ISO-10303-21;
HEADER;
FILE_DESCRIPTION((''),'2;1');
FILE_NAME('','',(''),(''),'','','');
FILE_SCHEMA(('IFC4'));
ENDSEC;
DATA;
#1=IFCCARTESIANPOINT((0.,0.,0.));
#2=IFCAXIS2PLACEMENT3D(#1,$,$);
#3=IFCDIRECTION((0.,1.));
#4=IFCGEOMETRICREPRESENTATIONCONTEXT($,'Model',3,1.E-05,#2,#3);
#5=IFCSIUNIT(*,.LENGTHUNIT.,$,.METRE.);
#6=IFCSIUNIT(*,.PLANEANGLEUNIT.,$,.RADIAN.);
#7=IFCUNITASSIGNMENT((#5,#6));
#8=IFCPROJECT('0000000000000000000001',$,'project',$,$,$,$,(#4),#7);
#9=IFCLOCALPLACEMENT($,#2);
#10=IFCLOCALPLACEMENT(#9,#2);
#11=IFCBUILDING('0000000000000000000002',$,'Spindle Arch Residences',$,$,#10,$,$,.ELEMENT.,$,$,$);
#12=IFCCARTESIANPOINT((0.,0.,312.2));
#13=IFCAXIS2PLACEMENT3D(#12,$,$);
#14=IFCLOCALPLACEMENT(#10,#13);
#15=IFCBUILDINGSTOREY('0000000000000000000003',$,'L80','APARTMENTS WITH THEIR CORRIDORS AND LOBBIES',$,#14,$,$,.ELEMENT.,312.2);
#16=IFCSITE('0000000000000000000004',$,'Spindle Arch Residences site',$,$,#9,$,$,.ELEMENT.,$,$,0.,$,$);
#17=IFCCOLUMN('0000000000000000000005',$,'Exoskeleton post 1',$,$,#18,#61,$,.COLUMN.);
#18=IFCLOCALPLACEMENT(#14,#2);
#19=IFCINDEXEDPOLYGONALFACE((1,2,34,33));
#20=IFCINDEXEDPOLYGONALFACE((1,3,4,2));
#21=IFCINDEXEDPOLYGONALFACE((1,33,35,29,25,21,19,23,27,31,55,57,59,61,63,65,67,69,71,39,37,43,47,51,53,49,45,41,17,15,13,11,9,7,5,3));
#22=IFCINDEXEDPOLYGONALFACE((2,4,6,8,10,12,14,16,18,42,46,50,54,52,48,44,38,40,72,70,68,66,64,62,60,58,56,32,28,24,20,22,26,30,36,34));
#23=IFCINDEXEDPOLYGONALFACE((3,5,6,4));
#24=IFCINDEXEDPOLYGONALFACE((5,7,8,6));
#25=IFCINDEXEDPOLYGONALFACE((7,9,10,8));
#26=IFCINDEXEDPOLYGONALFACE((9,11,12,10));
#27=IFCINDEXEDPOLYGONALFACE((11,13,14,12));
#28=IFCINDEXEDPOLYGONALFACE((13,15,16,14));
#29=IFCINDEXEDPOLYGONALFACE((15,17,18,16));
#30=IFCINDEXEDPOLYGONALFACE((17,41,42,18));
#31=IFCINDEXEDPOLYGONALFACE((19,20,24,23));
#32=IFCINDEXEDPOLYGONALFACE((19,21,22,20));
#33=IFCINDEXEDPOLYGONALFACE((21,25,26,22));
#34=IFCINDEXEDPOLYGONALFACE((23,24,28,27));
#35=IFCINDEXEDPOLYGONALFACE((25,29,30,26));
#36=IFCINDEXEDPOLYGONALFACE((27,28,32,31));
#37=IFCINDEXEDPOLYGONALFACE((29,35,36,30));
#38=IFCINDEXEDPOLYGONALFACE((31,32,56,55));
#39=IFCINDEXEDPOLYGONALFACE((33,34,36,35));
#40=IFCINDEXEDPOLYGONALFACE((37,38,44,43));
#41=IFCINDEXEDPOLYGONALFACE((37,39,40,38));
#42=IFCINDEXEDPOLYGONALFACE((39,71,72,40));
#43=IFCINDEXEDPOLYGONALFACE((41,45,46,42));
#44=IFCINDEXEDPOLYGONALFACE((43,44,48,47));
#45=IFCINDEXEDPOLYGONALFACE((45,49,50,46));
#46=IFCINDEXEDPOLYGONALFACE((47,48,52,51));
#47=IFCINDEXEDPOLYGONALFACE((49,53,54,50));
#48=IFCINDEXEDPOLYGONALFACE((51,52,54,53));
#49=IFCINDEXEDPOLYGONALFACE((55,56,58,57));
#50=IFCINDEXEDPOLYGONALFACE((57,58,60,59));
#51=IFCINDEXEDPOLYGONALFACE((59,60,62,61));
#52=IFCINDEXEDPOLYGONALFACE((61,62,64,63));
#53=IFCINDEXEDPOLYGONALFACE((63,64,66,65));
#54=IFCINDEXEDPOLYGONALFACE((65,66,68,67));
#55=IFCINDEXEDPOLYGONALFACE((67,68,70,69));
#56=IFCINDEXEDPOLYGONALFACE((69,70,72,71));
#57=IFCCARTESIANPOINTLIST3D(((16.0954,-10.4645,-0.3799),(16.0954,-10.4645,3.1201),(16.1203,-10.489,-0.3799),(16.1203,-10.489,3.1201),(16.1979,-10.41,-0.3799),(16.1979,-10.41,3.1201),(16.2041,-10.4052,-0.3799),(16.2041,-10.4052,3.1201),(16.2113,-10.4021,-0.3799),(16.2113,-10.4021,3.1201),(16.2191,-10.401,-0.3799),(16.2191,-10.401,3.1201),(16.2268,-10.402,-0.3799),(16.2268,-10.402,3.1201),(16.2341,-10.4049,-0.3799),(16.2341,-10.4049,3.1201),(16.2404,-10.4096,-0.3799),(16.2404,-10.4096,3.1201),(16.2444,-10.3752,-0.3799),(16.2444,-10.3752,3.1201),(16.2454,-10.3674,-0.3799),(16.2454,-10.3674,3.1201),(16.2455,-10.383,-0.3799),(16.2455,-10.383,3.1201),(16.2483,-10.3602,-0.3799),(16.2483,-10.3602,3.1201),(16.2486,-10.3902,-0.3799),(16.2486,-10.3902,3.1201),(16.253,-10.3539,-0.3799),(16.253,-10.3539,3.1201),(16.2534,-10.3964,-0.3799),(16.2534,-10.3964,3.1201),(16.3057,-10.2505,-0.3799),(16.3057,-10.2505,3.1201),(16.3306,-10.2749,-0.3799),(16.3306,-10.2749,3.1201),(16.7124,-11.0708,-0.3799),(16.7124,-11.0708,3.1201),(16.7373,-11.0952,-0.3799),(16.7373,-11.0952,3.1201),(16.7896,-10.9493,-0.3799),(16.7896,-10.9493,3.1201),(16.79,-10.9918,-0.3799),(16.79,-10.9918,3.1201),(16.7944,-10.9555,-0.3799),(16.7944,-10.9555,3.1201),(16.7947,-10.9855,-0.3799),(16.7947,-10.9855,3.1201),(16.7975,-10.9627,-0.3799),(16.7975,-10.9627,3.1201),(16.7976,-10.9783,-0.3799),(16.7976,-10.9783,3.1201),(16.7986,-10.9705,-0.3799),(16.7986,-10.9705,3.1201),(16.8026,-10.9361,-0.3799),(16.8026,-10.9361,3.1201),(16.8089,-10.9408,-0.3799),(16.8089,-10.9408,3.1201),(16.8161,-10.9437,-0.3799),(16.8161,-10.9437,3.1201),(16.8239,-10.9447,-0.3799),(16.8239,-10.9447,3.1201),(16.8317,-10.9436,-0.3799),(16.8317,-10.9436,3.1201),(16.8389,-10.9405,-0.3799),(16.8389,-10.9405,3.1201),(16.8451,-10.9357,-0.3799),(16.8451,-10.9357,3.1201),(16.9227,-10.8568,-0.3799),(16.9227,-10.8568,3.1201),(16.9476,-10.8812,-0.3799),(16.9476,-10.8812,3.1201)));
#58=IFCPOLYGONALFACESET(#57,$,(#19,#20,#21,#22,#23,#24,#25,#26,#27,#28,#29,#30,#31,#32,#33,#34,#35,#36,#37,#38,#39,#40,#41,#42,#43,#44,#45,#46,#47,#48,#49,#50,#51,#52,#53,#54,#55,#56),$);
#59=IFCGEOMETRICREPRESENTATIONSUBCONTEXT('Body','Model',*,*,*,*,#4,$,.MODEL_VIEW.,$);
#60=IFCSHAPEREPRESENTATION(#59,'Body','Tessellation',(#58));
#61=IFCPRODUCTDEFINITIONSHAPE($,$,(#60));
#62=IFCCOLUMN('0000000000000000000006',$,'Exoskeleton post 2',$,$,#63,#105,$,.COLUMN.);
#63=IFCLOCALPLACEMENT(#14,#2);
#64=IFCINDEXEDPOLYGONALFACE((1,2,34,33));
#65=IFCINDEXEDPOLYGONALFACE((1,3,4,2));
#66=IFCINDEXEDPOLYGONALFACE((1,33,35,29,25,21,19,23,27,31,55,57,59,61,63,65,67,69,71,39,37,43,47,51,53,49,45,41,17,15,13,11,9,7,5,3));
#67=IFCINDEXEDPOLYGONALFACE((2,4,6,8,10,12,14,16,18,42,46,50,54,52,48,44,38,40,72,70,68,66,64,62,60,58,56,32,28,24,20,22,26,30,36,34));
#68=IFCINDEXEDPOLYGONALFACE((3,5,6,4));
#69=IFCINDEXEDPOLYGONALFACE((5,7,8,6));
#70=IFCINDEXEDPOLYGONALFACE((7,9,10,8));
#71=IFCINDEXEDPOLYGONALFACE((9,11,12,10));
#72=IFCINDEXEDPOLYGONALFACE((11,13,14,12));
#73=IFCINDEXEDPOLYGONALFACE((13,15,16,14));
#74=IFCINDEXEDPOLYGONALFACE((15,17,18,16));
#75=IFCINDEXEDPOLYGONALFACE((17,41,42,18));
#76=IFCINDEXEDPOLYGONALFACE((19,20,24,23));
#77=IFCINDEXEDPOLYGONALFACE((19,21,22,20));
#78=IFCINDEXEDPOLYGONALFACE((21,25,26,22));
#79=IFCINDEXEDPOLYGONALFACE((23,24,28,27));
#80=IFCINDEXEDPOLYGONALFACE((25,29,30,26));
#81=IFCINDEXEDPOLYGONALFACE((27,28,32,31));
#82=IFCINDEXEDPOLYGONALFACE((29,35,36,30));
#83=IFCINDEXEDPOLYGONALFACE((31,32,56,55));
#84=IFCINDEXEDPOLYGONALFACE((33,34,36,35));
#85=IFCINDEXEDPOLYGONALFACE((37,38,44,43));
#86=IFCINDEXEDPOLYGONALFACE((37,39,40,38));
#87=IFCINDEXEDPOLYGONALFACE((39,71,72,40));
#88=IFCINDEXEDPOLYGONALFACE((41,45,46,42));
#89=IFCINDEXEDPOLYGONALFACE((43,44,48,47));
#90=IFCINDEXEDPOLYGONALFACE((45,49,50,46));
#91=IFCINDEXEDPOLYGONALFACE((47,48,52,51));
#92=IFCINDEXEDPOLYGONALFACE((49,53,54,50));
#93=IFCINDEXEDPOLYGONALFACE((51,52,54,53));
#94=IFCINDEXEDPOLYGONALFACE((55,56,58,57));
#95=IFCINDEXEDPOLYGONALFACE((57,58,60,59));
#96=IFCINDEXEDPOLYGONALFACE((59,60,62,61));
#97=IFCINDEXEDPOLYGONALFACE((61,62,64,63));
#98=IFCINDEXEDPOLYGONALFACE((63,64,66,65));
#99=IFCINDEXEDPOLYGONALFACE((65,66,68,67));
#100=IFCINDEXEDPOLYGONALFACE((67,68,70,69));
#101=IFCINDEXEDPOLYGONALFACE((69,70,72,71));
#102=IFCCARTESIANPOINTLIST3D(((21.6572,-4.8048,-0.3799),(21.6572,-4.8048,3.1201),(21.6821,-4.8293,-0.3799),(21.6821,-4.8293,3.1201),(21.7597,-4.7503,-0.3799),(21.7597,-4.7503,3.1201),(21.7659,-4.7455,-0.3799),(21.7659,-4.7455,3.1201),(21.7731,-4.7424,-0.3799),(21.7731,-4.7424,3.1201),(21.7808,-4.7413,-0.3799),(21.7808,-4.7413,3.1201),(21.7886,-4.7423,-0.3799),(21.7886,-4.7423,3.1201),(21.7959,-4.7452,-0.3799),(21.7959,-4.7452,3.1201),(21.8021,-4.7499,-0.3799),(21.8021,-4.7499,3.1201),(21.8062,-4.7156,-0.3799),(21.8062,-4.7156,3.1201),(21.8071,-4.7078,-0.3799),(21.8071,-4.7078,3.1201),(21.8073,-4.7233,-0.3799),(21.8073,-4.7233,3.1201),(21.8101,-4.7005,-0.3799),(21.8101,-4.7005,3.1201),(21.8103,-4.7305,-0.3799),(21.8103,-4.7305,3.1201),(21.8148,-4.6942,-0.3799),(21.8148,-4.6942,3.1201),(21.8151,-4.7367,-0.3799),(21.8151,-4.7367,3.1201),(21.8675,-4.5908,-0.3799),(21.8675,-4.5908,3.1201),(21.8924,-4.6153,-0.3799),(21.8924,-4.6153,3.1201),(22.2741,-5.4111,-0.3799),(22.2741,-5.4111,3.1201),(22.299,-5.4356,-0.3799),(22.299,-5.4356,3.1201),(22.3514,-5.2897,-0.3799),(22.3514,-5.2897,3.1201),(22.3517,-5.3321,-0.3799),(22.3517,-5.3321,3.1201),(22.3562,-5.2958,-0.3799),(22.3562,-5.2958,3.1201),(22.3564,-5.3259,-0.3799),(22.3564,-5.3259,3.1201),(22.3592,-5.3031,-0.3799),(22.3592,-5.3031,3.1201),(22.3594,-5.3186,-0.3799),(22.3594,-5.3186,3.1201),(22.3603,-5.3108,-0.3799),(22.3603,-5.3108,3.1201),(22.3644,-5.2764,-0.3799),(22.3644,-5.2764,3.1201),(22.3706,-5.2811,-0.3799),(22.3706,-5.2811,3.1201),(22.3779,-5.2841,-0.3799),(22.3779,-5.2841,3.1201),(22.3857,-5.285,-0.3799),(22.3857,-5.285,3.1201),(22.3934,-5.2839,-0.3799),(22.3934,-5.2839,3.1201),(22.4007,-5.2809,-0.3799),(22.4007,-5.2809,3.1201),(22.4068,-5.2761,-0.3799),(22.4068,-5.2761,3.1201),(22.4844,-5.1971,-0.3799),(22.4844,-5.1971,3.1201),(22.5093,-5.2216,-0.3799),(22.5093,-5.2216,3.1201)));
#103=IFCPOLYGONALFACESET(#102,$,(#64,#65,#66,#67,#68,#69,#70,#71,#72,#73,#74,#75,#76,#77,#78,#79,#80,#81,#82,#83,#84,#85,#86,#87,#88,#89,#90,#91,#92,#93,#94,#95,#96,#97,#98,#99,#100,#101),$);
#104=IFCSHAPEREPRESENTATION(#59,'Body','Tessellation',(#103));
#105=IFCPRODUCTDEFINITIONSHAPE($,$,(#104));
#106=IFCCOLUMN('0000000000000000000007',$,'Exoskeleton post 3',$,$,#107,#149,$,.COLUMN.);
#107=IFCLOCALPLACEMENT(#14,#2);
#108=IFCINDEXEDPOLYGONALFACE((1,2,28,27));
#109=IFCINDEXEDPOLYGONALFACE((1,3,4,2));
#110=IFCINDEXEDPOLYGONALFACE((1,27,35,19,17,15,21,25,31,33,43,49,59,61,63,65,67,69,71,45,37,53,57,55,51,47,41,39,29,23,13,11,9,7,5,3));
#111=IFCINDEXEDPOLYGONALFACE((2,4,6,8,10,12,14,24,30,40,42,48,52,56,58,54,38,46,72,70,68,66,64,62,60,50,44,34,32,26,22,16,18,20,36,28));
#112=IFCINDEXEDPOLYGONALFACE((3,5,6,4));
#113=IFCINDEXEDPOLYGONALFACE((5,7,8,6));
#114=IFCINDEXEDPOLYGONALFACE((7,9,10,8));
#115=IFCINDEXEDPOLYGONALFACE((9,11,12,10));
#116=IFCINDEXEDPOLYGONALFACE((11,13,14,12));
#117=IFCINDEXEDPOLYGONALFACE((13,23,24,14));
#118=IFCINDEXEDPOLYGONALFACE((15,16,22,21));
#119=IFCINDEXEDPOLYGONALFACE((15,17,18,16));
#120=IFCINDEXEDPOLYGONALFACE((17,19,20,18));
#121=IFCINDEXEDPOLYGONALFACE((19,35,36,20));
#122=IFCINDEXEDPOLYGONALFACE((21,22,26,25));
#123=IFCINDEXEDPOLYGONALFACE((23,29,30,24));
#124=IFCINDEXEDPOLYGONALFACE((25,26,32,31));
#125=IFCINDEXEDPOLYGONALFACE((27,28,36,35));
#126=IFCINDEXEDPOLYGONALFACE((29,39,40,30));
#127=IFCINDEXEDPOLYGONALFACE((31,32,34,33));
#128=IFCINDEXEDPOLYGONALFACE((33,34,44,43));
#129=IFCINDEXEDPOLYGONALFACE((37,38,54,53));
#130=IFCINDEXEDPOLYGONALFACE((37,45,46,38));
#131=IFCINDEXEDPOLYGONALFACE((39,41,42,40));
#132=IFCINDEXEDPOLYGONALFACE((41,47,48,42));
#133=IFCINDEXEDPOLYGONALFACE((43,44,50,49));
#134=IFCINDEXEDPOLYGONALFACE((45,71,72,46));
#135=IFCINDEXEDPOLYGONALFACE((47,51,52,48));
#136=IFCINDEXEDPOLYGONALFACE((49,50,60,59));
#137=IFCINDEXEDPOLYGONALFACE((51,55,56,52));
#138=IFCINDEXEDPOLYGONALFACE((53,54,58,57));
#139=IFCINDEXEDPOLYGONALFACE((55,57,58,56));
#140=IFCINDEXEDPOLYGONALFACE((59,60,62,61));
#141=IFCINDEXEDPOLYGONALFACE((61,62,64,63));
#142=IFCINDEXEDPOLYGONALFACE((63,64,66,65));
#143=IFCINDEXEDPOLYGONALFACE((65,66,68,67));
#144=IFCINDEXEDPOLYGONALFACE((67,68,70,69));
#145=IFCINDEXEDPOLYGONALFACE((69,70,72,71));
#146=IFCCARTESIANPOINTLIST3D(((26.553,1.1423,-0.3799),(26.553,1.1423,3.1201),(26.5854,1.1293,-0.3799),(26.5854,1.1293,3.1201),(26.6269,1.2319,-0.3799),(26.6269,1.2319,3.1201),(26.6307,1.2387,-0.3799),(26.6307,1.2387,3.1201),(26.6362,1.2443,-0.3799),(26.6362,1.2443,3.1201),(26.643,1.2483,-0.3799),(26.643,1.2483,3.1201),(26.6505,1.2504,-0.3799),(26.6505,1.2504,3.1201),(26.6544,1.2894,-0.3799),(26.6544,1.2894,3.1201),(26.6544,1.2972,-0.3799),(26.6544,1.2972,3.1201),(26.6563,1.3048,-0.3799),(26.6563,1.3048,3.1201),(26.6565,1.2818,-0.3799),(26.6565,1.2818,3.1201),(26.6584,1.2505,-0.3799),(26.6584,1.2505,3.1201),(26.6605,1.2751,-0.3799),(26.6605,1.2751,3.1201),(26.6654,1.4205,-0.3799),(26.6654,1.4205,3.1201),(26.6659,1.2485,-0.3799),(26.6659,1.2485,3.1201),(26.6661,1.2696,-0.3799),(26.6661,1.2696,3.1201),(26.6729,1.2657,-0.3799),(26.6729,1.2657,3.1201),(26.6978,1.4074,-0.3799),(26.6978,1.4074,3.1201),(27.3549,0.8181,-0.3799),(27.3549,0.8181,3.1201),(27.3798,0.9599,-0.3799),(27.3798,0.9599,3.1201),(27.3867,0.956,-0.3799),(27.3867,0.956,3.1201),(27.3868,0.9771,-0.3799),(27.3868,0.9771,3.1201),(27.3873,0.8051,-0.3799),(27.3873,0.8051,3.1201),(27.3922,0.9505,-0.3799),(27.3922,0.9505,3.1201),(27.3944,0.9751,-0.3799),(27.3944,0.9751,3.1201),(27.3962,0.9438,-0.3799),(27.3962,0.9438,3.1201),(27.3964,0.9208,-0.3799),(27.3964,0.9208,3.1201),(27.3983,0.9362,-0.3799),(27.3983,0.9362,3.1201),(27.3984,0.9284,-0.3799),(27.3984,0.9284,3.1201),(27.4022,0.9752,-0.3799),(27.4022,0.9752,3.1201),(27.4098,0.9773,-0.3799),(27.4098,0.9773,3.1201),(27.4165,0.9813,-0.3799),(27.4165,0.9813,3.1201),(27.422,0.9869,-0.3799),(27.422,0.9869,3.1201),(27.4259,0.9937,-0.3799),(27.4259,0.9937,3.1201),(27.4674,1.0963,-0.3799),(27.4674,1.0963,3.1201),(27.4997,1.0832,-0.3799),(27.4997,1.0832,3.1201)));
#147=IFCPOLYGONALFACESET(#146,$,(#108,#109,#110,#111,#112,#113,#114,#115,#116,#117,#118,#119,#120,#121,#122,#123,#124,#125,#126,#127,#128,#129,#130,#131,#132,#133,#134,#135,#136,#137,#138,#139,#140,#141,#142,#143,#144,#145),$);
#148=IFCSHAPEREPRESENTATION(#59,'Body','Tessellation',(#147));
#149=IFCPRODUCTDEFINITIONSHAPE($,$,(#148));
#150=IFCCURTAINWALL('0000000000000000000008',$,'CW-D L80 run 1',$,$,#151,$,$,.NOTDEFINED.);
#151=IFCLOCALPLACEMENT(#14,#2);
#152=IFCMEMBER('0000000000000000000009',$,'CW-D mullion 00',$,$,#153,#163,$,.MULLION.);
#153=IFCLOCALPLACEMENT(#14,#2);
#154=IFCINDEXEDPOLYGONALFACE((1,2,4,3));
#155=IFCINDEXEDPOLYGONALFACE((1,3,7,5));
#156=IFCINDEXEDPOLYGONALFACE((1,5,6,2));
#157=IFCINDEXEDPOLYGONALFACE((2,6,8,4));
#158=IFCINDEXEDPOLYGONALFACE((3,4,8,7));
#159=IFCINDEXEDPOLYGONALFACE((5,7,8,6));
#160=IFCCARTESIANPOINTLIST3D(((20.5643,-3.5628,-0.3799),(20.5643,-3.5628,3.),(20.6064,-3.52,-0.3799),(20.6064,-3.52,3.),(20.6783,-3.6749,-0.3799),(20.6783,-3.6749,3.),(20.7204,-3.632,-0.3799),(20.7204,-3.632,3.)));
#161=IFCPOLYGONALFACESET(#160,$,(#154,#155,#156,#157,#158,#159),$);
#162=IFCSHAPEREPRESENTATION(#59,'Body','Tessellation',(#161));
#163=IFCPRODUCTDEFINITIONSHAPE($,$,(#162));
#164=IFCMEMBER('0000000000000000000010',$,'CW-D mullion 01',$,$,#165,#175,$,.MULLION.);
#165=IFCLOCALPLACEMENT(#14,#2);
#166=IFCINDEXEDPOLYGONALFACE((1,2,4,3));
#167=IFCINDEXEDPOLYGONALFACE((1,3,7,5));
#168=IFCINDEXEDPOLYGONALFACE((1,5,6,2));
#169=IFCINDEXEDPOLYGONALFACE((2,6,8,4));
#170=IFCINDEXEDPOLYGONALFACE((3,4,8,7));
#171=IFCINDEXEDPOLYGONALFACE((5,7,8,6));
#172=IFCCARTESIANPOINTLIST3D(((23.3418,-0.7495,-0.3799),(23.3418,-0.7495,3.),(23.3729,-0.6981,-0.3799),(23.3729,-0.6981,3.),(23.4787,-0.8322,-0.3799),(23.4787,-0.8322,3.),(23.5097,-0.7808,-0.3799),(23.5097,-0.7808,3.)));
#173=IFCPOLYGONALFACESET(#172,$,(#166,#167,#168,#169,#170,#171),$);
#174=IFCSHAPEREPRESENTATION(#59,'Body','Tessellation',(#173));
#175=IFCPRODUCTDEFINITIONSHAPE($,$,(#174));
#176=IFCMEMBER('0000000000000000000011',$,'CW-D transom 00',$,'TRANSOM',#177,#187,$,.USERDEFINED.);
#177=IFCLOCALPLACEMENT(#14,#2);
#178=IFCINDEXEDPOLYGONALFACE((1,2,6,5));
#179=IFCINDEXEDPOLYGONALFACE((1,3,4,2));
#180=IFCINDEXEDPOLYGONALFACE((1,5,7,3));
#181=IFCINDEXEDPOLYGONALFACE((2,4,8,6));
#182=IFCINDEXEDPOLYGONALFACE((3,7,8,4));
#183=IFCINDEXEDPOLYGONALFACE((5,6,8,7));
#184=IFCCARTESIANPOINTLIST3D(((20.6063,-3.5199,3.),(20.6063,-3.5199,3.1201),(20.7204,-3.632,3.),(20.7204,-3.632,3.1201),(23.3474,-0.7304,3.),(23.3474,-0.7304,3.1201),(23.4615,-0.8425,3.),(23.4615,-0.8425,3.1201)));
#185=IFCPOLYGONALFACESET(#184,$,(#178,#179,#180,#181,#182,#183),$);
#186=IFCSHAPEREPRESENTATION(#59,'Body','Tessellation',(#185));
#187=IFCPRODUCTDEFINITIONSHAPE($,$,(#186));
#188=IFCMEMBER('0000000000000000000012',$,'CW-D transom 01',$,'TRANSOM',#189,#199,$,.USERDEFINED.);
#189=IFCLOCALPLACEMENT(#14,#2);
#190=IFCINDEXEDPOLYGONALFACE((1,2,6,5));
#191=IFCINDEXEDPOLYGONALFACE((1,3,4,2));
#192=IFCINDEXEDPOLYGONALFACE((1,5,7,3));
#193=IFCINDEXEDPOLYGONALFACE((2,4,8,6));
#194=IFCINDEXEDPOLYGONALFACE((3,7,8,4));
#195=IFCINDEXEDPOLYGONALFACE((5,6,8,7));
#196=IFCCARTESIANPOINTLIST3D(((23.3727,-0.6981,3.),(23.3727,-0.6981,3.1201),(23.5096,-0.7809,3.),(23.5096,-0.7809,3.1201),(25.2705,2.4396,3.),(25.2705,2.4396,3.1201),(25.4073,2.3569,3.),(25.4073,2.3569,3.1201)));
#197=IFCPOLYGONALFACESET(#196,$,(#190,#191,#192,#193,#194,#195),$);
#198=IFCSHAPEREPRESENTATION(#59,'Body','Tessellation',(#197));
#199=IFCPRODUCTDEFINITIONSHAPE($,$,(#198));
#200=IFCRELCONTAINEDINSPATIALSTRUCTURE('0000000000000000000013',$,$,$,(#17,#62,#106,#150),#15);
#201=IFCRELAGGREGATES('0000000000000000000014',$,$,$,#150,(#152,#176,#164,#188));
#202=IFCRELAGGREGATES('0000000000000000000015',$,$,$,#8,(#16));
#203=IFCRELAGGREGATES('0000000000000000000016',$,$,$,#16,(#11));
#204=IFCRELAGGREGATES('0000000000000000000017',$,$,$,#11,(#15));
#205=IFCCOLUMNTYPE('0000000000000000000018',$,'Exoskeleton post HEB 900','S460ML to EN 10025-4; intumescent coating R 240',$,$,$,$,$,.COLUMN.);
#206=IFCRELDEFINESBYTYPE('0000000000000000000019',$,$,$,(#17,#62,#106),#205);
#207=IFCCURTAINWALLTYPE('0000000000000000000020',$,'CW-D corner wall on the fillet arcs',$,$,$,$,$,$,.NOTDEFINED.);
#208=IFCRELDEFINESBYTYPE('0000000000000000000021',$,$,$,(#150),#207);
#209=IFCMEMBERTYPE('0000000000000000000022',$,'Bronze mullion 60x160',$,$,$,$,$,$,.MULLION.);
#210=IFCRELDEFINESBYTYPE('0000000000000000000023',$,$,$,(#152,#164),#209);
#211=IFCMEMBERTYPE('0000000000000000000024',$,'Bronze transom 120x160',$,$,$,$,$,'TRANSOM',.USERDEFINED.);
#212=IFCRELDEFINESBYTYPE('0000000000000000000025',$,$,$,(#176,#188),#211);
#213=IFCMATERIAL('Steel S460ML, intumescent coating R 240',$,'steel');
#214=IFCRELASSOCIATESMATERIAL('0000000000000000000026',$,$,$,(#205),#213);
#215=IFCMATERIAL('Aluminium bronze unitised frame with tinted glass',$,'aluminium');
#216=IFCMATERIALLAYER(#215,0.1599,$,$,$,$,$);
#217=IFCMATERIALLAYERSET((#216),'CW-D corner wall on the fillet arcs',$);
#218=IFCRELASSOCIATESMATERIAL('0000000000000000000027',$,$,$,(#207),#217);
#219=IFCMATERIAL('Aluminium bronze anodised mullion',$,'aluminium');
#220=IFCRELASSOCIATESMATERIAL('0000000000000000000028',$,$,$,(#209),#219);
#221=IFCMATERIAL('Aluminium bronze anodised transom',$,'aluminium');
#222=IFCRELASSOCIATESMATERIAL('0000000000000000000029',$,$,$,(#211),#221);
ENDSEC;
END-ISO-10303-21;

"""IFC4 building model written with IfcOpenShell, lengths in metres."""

from ifc_helpers import new_model, si_unit, direction, frame, origin, origin_2d, place, context, subcontext, project, spatial, rectangle, i_section, extrude, material, layer, layer_set, material_profile, profile_set, type_object, element, aggregate, save


model = new_model("IFC4")

# Units and contexts
model_context = context("Model", 3, precision=1e-05, world=origin(), true_north=direction((0.0, 1.0)))
body_context = subcontext(model_context, "Body", "Model", "MODEL_VIEW")
ifc_project = project(units=[si_unit("LENGTHUNIT", "METRE"), si_unit("PLANEANGLEUNIT", "RADIAN")], contexts=[model_context])

# Site, building, storey
site_placement = place(None, origin())
site = spatial("IfcSite", under=ifc_project, at=site_placement, Name="Spindle Arch Residences site", CompositionType="ELEMENT", RefElevation=0.0)
building_placement = place(site_placement, origin())
building = spatial("IfcBuilding", under=site, at=building_placement, Name="Spindle Arch Residences", CompositionType="ELEMENT")
storey_placement = place(building_placement, frame((0.0, 0.0, 312.2)))
storey = spatial("IfcBuildingStorey", under=building, at=storey_placement, Name="L80", Description="APARTMENTS WITH THEIR CORRIDORS AND LOBBIES", CompositionType="ELEMENT", Elevation=312.2)

# Columns
ifc_material_1 = material(Name="Steel S460ML, intumescent coating R 240", Category="steel")
ifc_material_profile_1 = material_profile(ifc_material_1, i_section(OverallWidth=0.3, OverallDepth=0.8999, WebThickness=0.0186, FlangeThickness=0.0349, FilletRadius=0.03, at=origin_2d()), Name="HEB 900")
ifc_profile_set_1 = profile_set([ifc_material_profile_1], Name="Steel S460ML, intumescent coating R 240")
column_type = type_object("IfcColumnType", Name="Exoskeleton post HEB 900", Description="S460ML to EN 10025-4; intumescent coating R 240", PredefinedType="COLUMN", material=ifc_profile_set_1)
for number, where, z_axis, x_axis, name in (
    (1, (16.5215, -10.6729, -0.3799), (0.0, 0.0, 1.0), (-0.700909, -0.71325, 0.0), "Exoskeleton post 1"),
    (2, (22.0833, -5.0132, -0.3799), (0.0, 0.0, 1.0), (-0.700909, -0.71325, 0.0), "Exoskeleton post 2"),
    (3, (27.0264, 1.1128, -0.3799), (0.0, 0.0, 1.0), (-0.374803, -0.927105, 0.0), "Exoskeleton post 3"),
):
    element("IfcColumn", number, at=place(storey_placement, frame(where, z_axis=z_axis, x_axis=x_axis)), inside=storey, type_object=column_type, Name=name, PredefinedType="COLUMN", context=body_context, shape_type="SweptSolid", body=[
        extrude(i_section(OverallWidth=0.3, OverallDepth=0.8999, WebThickness=0.0186, FlangeThickness=0.0349, FilletRadius=0.03, at=origin_2d()), origin(), (0.0, 0.0, 1.0), 3.5),
    ])

# Curtain wall, members
ifc_material_2 = material(Name="Aluminium bronze unitised frame with tinted glass", Category="aluminium")
ifc_layer_1 = layer(ifc_material_2, 0.1599)
ifc_layer_set_1 = layer_set([ifc_layer_1], Name="CW-D corner wall on the fillet arcs")
curtain_wall_type_1 = type_object("IfcCurtainWallType", Name="CW-D corner wall on the fillet arcs", PredefinedType="NOTDEFINED", material=ifc_layer_set_1)
curtain_wall_1_placement = place(storey_placement, origin())
curtain_wall_1 = element("IfcCurtainWall", 4, at=curtain_wall_1_placement, inside=storey, type_object=curtain_wall_type_1, Name="CW-D L80 run 1", PredefinedType="NOTDEFINED")
ifc_material_3 = material(Name="Aluminium bronze anodised mullion", Category="aluminium")
ifc_material_profile_2 = material_profile(ifc_material_3, rectangle(XDim=0.1599, YDim=0.0601, at=origin_2d()), Name="MU 60x160")
ifc_profile_set_2 = profile_set([ifc_material_profile_2], Name="Aluminium bronze anodised mullion")
member_type_1 = type_object("IfcMemberType", Name="Bronze mullion 60x160", PredefinedType="MULLION", material=ifc_profile_set_2)
member_1_placement = place(storey_placement, frame((20.6423, -3.5974, -0.3799), z_axis=(0.0, 0.0, 1.0), x_axis=(-0.71325, 0.700909, 0.0)))
member_1 = element("IfcMember", 5, at=member_1_placement, type_object=member_type_1, Name="CW-D mullion 00", PredefinedType="MULLION", context=body_context, shape_type="SweptSolid", body=[
    extrude(rectangle(XDim=0.1599, YDim=0.0601, at=origin_2d()), origin(), (0.0, 0.0, 1.0), 3.3799),
])
member_2_placement = place(storey_placement, frame((23.4258, -0.7651, -0.3799), z_axis=(0.0, 0.0, 1.0), x_axis=(-0.855665, 0.517529, 0.0)))
member_2 = element("IfcMember", 6, at=member_2_placement, type_object=member_type_1, Name="CW-D mullion 01", PredefinedType="MULLION", context=body_context, shape_type="SweptSolid", body=[
    extrude(rectangle(XDim=0.1599, YDim=0.0601, at=origin_2d()), origin(), (0.0, 0.0, 1.0), 3.3799),
])
ifc_material_4 = material(Name="Aluminium bronze anodised transom", Category="aluminium")
ifc_material_profile_3 = material_profile(ifc_material_4, rectangle(XDim=0.1599, YDim=0.1201, at=origin_2d()), Name="TR 120x160")
ifc_profile_set_3 = profile_set([ifc_material_profile_3], Name="Aluminium bronze anodised transom")
member_type_2 = type_object("IfcMemberType", Name="Bronze transom 120x160", ElementType="TRANSOM", PredefinedType="USERDEFINED", material=ifc_profile_set_3)
member_3_placement = place(storey_placement, frame((20.6633, -3.5759, 3.0601), z_axis=(0.7009, 0.71326, 0.0), x_axis=(-0.71326, 0.7009, 0.0)))
member_3 = element("IfcMember", 7, at=member_3_placement, type_object=member_type_2, Name="CW-D transom 00", ObjectType="TRANSOM", PredefinedType="USERDEFINED", context=body_context, shape_type="SweptSolid", body=[
    extrude(rectangle(XDim=0.1599, YDim=0.1201, at=origin_2d()), origin(), (0.0, 0.0, 1.0), 3.9109),
])
member_4_placement = place(storey_placement, frame((23.4412, -0.7395, 3.0601), z_axis=(0.517518, 0.855672, 0.0), x_axis=(-0.855672, 0.517518, 0.0)))
member_4 = element("IfcMember", 8, at=member_4_placement, type_object=member_type_2, Name="CW-D transom 01", ObjectType="TRANSOM", PredefinedType="USERDEFINED", context=body_context, shape_type="SweptSolid", body=[
    extrude(rectangle(XDim=0.1599, YDim=0.1201, at=origin_2d()), origin(), (0.0, 0.0, 1.0), 3.667),
])

aggregate(curtain_wall_1, [member_1, member_3, member_2, member_4])

save(model, "model.ifc")
